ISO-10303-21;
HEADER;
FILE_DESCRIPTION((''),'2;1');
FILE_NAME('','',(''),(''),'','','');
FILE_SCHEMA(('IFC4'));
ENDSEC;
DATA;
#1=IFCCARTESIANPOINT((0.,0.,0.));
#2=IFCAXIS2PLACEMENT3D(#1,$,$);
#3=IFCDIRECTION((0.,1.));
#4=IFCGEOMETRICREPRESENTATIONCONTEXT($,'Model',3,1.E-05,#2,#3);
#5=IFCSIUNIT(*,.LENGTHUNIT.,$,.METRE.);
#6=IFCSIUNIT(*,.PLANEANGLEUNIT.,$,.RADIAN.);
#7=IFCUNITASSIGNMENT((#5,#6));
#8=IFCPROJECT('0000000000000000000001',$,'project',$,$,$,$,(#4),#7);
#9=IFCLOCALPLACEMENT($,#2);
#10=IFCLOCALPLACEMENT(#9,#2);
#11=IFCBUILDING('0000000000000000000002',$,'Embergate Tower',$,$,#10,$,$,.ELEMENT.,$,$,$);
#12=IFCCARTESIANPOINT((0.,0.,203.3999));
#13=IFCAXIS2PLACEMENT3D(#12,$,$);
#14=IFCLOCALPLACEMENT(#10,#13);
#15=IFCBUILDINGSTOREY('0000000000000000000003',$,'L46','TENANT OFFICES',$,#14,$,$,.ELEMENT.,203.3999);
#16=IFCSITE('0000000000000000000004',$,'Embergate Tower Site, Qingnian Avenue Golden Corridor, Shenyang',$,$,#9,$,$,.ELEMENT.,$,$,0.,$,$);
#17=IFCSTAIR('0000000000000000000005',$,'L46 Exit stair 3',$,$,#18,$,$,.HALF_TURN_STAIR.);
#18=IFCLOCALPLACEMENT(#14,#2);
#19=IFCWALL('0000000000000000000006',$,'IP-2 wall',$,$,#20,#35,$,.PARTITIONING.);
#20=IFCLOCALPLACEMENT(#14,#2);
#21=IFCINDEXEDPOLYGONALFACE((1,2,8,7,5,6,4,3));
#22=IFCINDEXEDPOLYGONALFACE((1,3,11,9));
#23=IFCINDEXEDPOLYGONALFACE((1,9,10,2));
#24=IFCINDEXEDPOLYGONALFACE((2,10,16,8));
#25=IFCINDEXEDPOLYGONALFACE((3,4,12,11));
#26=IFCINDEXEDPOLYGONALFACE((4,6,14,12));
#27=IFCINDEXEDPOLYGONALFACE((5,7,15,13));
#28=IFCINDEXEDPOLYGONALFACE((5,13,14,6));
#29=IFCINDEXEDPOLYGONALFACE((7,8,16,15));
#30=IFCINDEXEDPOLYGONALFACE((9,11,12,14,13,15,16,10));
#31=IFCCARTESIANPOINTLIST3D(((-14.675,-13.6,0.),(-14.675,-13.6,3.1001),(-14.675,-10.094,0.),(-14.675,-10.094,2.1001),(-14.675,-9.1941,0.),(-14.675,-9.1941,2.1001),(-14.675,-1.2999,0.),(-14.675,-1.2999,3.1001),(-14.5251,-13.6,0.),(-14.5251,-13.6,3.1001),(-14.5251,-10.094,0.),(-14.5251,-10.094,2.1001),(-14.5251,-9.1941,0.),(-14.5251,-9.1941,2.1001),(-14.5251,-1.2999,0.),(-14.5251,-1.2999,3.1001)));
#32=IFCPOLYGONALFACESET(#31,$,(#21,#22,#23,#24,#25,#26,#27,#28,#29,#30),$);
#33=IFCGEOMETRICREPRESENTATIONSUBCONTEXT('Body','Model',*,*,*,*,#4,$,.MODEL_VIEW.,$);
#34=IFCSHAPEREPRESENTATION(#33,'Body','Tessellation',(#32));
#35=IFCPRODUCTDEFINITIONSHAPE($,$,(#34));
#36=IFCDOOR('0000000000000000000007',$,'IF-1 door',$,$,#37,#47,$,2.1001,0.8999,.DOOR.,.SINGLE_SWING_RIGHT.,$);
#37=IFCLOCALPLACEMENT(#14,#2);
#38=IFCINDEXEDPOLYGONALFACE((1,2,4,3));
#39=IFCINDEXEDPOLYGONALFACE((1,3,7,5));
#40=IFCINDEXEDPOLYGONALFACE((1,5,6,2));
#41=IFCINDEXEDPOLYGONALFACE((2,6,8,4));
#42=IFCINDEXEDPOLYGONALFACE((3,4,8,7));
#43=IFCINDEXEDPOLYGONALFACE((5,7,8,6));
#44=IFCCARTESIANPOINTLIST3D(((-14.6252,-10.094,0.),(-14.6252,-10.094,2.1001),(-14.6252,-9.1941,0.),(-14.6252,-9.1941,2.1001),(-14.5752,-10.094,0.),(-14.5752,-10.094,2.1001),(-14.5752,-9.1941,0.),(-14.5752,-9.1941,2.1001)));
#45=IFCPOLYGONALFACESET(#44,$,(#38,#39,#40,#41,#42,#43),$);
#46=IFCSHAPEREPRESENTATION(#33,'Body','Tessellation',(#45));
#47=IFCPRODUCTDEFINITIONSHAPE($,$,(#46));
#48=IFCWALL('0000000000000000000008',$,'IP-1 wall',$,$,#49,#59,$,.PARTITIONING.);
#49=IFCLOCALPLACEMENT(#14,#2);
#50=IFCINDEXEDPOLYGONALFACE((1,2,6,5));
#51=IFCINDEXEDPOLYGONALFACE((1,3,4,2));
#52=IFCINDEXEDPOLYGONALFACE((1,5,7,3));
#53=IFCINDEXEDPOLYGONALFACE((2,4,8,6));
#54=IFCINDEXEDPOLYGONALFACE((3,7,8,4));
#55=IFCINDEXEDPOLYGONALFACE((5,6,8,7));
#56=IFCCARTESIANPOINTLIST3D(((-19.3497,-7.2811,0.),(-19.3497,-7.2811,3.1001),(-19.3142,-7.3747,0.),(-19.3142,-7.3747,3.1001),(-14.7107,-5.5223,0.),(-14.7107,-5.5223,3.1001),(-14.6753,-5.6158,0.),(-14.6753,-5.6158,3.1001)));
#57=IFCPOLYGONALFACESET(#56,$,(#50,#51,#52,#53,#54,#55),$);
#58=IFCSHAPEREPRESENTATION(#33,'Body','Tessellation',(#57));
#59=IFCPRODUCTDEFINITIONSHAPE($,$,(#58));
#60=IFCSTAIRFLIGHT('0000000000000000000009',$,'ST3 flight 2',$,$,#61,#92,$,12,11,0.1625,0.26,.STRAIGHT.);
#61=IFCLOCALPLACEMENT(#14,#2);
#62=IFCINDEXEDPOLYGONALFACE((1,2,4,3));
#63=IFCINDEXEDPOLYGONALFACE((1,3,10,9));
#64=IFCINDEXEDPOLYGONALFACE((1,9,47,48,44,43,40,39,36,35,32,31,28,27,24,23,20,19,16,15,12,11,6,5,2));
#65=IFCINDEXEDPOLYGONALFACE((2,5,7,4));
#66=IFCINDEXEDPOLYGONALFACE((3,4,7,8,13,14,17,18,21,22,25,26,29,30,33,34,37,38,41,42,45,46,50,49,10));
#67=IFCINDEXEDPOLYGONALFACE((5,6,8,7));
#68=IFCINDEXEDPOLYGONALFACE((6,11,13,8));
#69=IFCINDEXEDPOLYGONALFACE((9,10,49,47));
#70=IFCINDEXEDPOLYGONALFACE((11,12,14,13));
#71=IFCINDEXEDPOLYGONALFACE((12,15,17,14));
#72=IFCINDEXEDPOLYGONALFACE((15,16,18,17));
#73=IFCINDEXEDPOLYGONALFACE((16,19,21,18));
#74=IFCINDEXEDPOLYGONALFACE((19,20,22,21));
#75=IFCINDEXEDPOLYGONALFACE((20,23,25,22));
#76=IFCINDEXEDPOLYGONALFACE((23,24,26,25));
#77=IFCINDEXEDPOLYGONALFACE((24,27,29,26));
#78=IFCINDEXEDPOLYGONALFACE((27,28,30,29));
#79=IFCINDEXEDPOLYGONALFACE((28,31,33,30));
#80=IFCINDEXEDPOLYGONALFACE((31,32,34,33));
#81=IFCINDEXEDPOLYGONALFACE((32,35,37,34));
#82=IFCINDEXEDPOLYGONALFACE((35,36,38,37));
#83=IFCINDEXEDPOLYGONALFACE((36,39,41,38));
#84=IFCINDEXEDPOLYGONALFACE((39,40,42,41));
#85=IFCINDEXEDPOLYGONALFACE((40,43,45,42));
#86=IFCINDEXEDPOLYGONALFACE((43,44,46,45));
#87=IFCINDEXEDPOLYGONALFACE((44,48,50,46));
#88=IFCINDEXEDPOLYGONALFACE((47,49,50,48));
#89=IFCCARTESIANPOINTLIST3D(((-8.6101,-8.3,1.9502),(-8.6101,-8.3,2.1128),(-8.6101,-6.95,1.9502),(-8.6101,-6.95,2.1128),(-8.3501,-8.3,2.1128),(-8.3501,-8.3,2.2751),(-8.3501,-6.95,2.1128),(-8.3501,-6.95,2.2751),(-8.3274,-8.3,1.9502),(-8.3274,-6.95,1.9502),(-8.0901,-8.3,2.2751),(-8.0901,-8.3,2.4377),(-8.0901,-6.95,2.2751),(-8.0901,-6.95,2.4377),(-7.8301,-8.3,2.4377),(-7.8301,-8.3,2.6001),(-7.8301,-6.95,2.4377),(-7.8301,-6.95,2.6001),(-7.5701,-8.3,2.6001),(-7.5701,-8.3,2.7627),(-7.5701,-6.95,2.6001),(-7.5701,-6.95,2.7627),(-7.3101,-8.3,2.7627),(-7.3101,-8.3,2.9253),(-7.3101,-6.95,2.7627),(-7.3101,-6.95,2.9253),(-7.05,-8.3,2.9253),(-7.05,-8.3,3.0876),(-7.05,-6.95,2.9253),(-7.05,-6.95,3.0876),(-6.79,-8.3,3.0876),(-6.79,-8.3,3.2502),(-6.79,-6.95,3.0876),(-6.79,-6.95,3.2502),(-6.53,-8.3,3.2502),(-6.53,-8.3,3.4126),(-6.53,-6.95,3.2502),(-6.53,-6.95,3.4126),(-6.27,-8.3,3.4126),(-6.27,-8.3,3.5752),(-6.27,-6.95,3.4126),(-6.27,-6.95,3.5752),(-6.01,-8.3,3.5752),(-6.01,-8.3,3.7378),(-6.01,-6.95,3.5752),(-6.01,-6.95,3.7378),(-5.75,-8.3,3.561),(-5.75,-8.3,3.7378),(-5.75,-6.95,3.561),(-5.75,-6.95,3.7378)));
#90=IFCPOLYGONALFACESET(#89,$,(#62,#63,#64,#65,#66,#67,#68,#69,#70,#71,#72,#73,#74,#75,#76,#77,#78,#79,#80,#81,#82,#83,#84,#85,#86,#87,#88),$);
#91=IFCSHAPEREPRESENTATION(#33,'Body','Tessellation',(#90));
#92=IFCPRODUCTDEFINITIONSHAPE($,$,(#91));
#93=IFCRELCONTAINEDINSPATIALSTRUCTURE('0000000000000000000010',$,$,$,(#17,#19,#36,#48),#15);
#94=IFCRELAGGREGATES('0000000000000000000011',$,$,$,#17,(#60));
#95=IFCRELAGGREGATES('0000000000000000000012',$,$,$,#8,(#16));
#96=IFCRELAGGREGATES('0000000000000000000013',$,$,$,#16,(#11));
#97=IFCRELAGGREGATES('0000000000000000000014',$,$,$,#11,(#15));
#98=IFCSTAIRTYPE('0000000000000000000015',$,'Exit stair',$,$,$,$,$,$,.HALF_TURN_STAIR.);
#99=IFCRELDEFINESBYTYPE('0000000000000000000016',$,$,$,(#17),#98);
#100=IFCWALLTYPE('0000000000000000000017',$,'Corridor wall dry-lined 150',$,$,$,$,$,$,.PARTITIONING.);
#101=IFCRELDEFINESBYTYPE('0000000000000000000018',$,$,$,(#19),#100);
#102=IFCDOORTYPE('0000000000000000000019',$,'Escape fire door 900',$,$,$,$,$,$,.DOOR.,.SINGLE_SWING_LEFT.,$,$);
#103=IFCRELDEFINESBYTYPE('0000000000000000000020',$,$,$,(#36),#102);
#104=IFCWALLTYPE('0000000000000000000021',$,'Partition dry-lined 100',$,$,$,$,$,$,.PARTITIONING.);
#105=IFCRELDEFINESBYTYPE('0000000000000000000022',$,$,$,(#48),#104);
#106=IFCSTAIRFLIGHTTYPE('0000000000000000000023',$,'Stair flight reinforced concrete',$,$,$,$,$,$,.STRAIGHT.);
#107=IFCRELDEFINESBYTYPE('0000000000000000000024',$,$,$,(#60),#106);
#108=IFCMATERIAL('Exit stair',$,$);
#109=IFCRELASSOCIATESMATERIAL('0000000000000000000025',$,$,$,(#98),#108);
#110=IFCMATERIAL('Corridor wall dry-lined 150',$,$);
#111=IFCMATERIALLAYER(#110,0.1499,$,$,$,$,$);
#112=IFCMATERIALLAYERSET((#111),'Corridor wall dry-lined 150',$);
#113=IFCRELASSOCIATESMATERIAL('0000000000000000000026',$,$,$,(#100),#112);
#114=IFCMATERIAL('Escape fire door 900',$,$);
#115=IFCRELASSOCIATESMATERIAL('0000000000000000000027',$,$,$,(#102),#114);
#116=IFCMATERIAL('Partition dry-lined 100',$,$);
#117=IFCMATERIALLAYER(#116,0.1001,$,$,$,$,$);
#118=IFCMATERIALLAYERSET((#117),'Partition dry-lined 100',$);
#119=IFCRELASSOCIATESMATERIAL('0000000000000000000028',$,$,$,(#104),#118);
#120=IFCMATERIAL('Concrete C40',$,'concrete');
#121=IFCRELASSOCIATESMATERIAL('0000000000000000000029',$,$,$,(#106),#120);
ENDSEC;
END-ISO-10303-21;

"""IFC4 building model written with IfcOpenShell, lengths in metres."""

from ifc_helpers import new_model, si_unit, direction, frame, frame_2d, origin, place, context, subcontext, project, spatial, polyline, rectangle, outline, extrude, source, transform, mapped, material, layer, layer_set, type_object, element, fill, aggregate, save


model = new_model("IFC4")

# Units and contexts
model_context = context("Model", 3, precision=1e-05, world=origin(), true_north=direction((0.0, 1.0)))
body_context = subcontext(model_context, "Body", "Model", "MODEL_VIEW")
ifc_project = project(units=[si_unit("LENGTHUNIT", "METRE"), si_unit("PLANEANGLEUNIT", "RADIAN")], contexts=[model_context])

# Site, building, storey
site_placement = place(None, origin())
site = spatial("IfcSite", under=ifc_project, at=site_placement, Name="Embergate Tower Site, Qingnian Avenue Golden Corridor, Shenyang", CompositionType="ELEMENT", RefElevation=0.0)
building_placement = place(site_placement, origin())
building = spatial("IfcBuilding", under=site, at=building_placement, Name="Embergate Tower", CompositionType="ELEMENT")
storey_placement = place(building_placement, frame((0.0, 0.0, 203.3999)))
storey = spatial("IfcBuildingStorey", under=building, at=storey_placement, Name="L46", Description="TENANT OFFICES", CompositionType="ELEMENT", Elevation=203.3999)

# Stair
ifc_material_1 = material(Name="Exit stair")
stair_type = type_object("IfcStairType", Name="Exit stair", PredefinedType="HALF_TURN_STAIR", material=ifc_material_1)
stair_placement = place(storey_placement, origin())
stair = element("IfcStair", 1, at=stair_placement, inside=storey, type_object=stair_type, Name="L46 Exit stair 3", PredefinedType="HALF_TURN_STAIR")
ifc_material_2 = material(Name="Concrete C40", Category="concrete")

# Wall, opening, door
ifc_material_3 = material(Name="Corridor wall dry-lined 150")
ifc_layer_1 = layer(ifc_material_3, 0.1499)
ifc_layer_set_1 = layer_set([ifc_layer_1], Name="Corridor wall dry-lined 150")
wall_type_1 = type_object("IfcWallType", Name="Corridor wall dry-lined 150", PredefinedType="PARTITIONING", material=ifc_layer_set_1)
shared_shape_1 = source(origin(), body_context, "Body", "SweptSolid", [
    extrude(rectangle(XDim=12.3, YDim=0.1499, at=frame_2d((6.1499, 0.0))), origin(), (0.0, 0.0, 1.0), 3.1001),
])
wall_1_placement = place(storey_placement, frame((-14.6001, -1.3, 0.0), z_axis=(0.0, 0.0, 1.0), x_axis=(0.0, -1.0, 0.0)))
wall_1 = element("IfcWall", 2, at=wall_1_placement, inside=storey, type_object=wall_type_1, Name="IP-2 wall", PredefinedType="PARTITIONING", context=body_context, shape_type="MappedRepresentation", body=[
    mapped(shared_shape_1, transform((0.0, 0.0, 0.0))),
])
shared_shape_2 = source(origin(), body_context, "Body", "SweptSolid", [
    extrude(rectangle(XDim=0.8999, YDim=2.1001, at=frame_2d((0.45, 1.05))), frame((0.0, 0.085, 0.0), z_axis=(0.0, -1.0, 0.0), x_axis=(1.0, 0.0, 0.0)), (0.0, 0.0, 1.0), 0.1699),
])
opening_1_placement = place(wall_1_placement, frame((7.894, 0.0, 0.0)))
opening_1 = element("IfcOpeningElement", 3, at=opening_1_placement, cuts=wall_1, PredefinedType="OPENING", context=body_context, shape_type="MappedRepresentation", body=[
    mapped(shared_shape_2, transform((0.0, 0.0, 0.0))),
])
ifc_material_4 = material(Name="Escape fire door 900")
door_type_1 = type_object("IfcDoorType", Name="Escape fire door 900", OperationType="SINGLE_SWING_LEFT", PredefinedType="DOOR", material=ifc_material_4)
shared_shape_3 = source(origin(), body_context, "Body", "SweptSolid", [
    extrude(rectangle(XDim=0.8999, YDim=2.1001, at=frame_2d((0.45, 1.05))), frame((0.0, 0.0249, 0.0), z_axis=(0.0, -1.0, 0.0), x_axis=(1.0, 0.0, 0.0)), (0.0, 0.0, 1.0), 0.05),
])
door_1_placement = place(opening_1_placement, origin())
door_1 = element("IfcDoor", 4, at=door_1_placement, inside=storey, type_object=door_type_1, Name="IF-1 door", OperationType="SINGLE_SWING_RIGHT", OverallHeight=2.1001, OverallWidth=0.8999, PredefinedType="DOOR", context=body_context, shape_type="MappedRepresentation", body=[
    mapped(shared_shape_3, transform((0.0, 0.0, 0.0))),
])
fill(opening_1, door_1)

# Wall
ifc_material_5 = material(Name="Partition dry-lined 100")
ifc_layer_2 = layer(ifc_material_5, 0.1001)
ifc_layer_set_2 = layer_set([ifc_layer_2], Name="Partition dry-lined 100")
wall_type_2 = type_object("IfcWallType", Name="Partition dry-lined 100", PredefinedType="PARTITIONING", material=ifc_layer_set_2)
shared_shape_4 = source(origin(), body_context, "Body", "SweptSolid", [
    extrude(rectangle(XDim=4.9612, YDim=0.1001, at=frame_2d((2.4805, 0.0))), origin(), (0.0, 0.0, 1.0), 3.1001),
])
wall_2_placement = place(storey_placement, frame((-14.6931, -5.5691, 0.0), z_axis=(0.0, 0.0, 1.0), x_axis=(-0.935051, -0.354513, 0.0)))
element("IfcWall", 5, at=wall_2_placement, inside=storey, type_object=wall_type_2, Name="IP-1 wall", PredefinedType="PARTITIONING", context=body_context, shape_type="MappedRepresentation", body=[
    mapped(shared_shape_4, transform((0.0, 0.0, 0.0))),
])

# Stair flight
stair_flight_type = type_object("IfcStairFlightType", Name="Stair flight reinforced concrete", PredefinedType="STRAIGHT", material=ifc_material_2)
shared_shape_5 = source(origin(), body_context, "Body", "SweptSolid", [
    extrude(outline(polyline([(0.0, 0.0), (0.0, 0.1626), (0.26, 0.1626), (0.26, 0.325), (0.52, 0.325), (0.52, 0.4875), (0.78, 0.4875), (0.78, 0.6499), (1.04, 0.6499), (1.04, 0.8125), (1.3, 0.8125), (1.3, 0.9751), (1.5601, 0.9751), (1.5601, 1.1375), (1.8201, 1.1375), (1.8201, 1.3), (2.0801, 1.3), (2.0801, 1.4624), (2.3401, 1.4624), (2.3401, 1.625), (2.6001, 1.625), (2.6001, 1.7876), (2.8601, 1.7876), (2.8601, 1.95), (2.8601, 1.6108), (0.2827, 0.0), (0.0, 0.0)])), frame((0.0, 0.675, 0.0), z_axis=(0.0, -1.0, 0.0), x_axis=(1.0, 0.0, 0.0)), (0.0, 0.0, 1.0), 1.3501),
])
stair_flight_placement = place(storey_placement, frame((-8.6101, -7.625, 1.9502), z_axis=(0.0, 0.0, 1.0), x_axis=(1.0, 0.0, 0.0)))
stair_flight = element("IfcStairFlight", 6, at=stair_flight_placement, type_object=stair_flight_type, Name="ST3 flight 2", NumberOfRisers=12, NumberOfTreads=11, PredefinedType="STRAIGHT", RiserHeight=0.1625, TreadLength=0.26, context=body_context, shape_type="MappedRepresentation", body=[
    mapped(shared_shape_5, transform((0.0, 0.0, 0.0))),
])
aggregate(stair, [stair_flight])

save(model, "model.ifc")
